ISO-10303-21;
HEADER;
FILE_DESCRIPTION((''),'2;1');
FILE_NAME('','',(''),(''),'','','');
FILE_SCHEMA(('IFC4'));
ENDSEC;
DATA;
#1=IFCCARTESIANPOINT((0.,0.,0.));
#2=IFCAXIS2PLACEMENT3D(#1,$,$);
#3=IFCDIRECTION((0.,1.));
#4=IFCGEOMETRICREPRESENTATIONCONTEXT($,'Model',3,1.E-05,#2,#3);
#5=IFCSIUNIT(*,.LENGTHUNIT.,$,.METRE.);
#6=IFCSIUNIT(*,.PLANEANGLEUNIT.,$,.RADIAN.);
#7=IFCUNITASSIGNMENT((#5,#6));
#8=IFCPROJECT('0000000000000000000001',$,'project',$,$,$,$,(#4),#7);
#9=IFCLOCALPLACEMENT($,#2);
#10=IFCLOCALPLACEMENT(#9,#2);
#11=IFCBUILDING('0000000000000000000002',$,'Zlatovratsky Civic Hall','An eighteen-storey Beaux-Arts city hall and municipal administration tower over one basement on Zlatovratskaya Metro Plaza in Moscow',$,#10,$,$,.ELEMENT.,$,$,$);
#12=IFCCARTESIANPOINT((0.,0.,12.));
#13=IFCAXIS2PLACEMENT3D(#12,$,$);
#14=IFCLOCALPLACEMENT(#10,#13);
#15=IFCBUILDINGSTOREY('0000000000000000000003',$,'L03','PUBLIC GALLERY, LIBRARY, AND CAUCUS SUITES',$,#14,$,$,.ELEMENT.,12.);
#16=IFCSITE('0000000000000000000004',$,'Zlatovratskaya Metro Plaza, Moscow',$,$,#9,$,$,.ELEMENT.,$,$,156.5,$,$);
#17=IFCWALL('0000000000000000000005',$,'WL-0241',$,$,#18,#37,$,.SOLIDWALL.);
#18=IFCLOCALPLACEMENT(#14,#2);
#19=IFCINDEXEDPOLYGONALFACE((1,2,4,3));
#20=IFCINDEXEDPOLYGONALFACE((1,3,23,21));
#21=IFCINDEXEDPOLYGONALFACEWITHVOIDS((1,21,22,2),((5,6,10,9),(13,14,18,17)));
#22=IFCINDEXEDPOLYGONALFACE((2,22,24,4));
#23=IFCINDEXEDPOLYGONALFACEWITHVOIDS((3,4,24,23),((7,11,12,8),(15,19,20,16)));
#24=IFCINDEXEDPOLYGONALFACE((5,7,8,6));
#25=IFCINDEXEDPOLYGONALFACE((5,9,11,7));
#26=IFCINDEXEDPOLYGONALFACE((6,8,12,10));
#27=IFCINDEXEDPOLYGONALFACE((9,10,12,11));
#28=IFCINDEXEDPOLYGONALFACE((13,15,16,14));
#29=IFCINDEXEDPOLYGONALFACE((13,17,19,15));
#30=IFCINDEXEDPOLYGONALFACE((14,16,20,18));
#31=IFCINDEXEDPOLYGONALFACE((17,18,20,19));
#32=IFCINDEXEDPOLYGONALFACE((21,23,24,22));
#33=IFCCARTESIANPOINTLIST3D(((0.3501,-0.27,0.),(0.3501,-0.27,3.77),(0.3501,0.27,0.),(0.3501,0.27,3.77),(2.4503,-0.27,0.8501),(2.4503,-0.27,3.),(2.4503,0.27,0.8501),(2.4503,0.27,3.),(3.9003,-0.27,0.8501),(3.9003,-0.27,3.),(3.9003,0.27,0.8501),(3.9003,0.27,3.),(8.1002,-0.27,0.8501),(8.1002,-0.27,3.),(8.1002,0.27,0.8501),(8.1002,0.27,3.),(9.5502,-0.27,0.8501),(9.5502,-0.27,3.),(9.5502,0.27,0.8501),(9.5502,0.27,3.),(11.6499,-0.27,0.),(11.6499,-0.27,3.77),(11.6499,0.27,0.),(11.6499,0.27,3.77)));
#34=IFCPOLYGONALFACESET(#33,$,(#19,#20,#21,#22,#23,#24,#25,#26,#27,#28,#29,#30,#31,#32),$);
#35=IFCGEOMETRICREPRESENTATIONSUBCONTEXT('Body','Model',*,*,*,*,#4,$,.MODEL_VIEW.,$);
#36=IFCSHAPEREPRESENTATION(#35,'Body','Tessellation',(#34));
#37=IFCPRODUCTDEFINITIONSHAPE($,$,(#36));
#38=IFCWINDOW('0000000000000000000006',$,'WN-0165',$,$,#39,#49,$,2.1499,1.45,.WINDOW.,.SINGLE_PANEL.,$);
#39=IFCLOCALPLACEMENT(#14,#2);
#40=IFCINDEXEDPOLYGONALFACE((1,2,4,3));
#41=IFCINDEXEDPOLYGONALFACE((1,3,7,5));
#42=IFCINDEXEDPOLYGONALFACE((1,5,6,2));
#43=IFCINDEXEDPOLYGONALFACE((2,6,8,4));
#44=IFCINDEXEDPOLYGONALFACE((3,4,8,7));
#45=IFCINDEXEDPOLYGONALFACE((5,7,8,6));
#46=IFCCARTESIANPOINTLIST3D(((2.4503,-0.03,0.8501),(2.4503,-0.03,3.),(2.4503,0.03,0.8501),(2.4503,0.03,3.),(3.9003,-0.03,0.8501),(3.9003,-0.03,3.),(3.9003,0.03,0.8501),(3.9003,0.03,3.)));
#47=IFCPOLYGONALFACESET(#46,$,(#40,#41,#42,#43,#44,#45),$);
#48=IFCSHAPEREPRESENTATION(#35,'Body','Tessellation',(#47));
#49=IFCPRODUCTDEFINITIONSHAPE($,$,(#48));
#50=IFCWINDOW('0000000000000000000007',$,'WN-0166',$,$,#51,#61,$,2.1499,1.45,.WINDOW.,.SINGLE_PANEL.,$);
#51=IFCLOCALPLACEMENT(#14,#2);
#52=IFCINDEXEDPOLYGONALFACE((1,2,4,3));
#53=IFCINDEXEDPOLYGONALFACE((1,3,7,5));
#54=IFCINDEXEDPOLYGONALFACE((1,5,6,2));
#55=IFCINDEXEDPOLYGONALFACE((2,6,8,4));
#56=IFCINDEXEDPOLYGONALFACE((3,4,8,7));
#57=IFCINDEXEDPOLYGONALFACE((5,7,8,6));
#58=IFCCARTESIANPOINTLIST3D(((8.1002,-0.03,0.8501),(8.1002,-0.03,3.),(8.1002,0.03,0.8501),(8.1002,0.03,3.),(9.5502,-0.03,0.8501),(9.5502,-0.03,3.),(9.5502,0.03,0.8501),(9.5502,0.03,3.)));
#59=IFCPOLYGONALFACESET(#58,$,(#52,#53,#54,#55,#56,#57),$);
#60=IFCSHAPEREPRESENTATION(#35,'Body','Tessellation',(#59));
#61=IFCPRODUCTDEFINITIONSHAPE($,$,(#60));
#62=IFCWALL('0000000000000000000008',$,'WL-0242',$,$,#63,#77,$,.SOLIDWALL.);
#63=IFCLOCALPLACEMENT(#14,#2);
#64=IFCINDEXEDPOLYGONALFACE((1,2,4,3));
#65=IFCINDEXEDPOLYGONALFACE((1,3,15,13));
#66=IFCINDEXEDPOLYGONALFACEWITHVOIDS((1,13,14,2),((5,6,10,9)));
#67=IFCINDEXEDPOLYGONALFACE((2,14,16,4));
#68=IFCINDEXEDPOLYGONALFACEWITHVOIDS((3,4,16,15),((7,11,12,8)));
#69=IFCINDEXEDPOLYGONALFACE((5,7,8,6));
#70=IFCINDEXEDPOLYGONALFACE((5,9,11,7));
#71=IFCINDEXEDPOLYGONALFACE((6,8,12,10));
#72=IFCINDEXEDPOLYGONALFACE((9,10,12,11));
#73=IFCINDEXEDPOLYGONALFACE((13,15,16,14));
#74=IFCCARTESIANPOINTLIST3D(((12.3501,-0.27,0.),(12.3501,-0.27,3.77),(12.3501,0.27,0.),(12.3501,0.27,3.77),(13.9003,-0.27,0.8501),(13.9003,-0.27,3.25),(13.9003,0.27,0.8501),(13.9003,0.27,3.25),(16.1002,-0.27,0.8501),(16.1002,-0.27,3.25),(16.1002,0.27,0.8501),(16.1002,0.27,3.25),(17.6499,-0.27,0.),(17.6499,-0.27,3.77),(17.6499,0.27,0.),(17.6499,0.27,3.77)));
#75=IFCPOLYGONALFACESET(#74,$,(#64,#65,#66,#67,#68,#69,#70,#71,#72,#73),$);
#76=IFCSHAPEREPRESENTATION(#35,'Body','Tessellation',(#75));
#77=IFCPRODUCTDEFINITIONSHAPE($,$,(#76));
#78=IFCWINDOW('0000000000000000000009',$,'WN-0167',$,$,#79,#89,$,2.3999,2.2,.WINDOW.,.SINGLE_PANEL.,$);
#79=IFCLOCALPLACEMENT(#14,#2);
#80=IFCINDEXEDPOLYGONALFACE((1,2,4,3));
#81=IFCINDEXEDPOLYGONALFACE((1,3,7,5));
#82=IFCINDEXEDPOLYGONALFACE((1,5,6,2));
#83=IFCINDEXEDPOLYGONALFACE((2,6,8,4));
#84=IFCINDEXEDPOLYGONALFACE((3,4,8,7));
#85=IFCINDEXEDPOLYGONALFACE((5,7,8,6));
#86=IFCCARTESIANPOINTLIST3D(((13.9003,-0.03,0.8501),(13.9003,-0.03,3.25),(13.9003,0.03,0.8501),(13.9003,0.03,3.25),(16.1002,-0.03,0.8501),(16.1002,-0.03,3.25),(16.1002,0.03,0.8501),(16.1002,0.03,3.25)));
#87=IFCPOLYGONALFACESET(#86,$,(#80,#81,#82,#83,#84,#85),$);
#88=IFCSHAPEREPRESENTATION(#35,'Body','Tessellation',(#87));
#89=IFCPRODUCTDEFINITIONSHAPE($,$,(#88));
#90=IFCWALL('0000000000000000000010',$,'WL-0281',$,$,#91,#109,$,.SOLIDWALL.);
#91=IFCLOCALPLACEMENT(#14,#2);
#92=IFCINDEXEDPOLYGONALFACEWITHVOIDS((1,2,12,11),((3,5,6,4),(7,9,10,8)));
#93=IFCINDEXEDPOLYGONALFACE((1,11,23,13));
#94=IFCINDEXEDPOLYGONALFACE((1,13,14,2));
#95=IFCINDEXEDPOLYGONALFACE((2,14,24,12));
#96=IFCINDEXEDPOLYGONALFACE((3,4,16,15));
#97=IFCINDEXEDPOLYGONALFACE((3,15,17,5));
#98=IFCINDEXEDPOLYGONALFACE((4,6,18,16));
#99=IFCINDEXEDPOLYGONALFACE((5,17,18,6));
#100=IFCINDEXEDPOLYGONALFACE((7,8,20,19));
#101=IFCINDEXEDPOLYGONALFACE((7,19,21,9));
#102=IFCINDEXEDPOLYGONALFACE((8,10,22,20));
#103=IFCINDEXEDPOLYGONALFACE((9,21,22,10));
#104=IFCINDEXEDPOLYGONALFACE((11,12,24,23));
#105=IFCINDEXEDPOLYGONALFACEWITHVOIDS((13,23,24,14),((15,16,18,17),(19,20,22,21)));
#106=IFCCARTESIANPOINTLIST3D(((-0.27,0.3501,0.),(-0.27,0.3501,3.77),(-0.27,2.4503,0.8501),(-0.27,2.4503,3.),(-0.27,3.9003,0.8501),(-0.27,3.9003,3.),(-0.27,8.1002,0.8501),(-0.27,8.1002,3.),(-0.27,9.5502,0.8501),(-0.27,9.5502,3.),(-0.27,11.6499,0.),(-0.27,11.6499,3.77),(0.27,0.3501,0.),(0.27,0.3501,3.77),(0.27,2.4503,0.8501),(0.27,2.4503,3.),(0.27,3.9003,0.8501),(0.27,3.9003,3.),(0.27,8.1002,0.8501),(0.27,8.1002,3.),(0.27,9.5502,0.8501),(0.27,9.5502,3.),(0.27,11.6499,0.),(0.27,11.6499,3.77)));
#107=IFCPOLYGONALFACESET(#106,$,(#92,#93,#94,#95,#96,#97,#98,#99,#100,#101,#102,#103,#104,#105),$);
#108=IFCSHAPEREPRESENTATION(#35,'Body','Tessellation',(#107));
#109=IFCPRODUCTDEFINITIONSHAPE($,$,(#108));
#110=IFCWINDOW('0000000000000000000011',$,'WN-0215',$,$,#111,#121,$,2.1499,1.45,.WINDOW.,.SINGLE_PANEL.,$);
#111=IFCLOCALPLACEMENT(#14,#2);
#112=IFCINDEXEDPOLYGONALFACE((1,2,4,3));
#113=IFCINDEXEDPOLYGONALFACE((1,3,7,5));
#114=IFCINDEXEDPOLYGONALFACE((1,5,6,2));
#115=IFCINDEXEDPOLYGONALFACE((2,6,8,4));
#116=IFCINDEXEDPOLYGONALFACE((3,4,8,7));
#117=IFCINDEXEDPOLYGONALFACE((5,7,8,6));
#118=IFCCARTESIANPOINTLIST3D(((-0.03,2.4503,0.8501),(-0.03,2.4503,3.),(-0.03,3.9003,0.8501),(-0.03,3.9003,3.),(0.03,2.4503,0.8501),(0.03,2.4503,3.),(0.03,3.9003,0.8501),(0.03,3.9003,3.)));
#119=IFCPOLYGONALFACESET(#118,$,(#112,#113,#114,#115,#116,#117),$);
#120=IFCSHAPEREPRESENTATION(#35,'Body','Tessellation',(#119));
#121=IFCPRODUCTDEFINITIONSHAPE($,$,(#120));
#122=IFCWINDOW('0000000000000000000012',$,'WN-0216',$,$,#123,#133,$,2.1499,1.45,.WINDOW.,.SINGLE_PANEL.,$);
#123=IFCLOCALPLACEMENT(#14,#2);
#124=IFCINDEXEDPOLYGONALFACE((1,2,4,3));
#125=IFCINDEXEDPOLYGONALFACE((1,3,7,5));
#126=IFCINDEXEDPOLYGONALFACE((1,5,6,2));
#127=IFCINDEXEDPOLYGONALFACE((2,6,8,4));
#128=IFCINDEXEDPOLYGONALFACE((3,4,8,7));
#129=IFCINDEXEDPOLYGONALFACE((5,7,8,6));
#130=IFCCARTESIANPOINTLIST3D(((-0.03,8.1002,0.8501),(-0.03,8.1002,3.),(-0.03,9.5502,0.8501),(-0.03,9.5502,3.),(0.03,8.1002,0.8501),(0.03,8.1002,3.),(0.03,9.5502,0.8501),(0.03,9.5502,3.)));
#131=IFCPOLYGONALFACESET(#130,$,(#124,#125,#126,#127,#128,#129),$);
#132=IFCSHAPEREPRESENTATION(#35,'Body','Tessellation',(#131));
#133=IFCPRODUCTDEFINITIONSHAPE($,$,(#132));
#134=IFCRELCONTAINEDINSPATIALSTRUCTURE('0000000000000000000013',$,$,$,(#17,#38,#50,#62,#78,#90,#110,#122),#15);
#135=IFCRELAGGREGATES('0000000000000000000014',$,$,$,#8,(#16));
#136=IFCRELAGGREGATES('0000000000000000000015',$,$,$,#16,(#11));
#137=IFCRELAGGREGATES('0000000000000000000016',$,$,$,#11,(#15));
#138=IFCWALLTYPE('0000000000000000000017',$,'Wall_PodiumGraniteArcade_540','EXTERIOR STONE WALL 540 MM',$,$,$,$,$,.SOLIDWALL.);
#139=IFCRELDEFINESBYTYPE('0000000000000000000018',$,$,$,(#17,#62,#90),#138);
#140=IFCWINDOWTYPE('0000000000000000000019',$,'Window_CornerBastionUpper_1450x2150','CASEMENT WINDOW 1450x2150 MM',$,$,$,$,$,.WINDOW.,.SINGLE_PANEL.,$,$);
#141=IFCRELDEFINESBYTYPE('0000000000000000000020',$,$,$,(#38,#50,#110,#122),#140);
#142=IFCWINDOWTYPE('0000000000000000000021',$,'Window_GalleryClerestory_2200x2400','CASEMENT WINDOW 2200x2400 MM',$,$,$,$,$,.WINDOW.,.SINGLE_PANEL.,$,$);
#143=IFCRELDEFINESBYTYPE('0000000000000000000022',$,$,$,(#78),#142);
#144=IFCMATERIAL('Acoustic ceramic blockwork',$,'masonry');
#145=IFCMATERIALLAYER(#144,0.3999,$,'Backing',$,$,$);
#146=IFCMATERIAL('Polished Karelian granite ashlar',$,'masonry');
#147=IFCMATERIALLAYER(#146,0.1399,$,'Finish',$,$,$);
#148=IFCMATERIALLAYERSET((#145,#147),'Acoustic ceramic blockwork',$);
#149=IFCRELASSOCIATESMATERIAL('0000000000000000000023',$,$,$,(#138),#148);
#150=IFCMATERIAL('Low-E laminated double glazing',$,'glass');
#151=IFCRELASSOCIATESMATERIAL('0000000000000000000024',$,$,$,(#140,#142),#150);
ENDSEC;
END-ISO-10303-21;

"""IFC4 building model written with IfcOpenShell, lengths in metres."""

from ifc_helpers import new_model, si_unit, direction, frame, frame_2d, origin, place, context, subcontext, project, spatial, rectangle, extrude, material, layer, layer_set, type_object, element, fill, save


model = new_model("IFC4")

# Units and contexts
model_context = context("Model", 3, precision=1e-05, world=origin(), true_north=direction((0.0, 1.0)))
body_context = subcontext(model_context, "Body", "Model", "MODEL_VIEW")
ifc_project = project(units=[si_unit("LENGTHUNIT", "METRE"), si_unit("PLANEANGLEUNIT", "RADIAN")], contexts=[model_context])

# Site, building, storey
site_placement = place(None, origin())
site = spatial("IfcSite", under=ifc_project, at=site_placement, Name="Zlatovratskaya Metro Plaza, Moscow", CompositionType="ELEMENT", RefElevation=156.5)
building_placement = place(site_placement, origin())
building = spatial("IfcBuilding", under=site, at=building_placement, Name="Zlatovratsky Civic Hall", Description="An eighteen-storey Beaux-Arts city hall and municipal administration tower over one basement on Zlatovratskaya Metro Plaza in Moscow", CompositionType="ELEMENT")
storey_placement = place(building_placement, frame((0.0, 0.0, 12.0)))
storey = spatial("IfcBuildingStorey", under=building, at=storey_placement, Name="L03", Description="PUBLIC GALLERY, LIBRARY, AND CAUCUS SUITES", CompositionType="ELEMENT", Elevation=12.0)

# Wall, openings, windows
ifc_material_1 = material(Name="Acoustic ceramic blockwork", Category="masonry")
ifc_layer_1 = layer(ifc_material_1, 0.3999, Name="Backing")
ifc_material_2 = material(Name="Polished Karelian granite ashlar", Category="masonry")
ifc_layer_2 = layer(ifc_material_2, 0.1399, Name="Finish")
ifc_layer_set_1 = layer_set([ifc_layer_1, ifc_layer_2], Name="Acoustic ceramic blockwork")
wall_type = type_object("IfcWallType", Name="Wall_PodiumGraniteArcade_540", Description="EXTERIOR STONE WALL 540 MM", PredefinedType="SOLIDWALL", material=ifc_layer_set_1)
wall_1_placement = place(storey_placement, frame((0.3501, 0.0, 0.0), z_axis=(0.0, 0.0, 1.0), x_axis=(1.0, 0.0, 0.0)))
wall_1 = element("IfcWall", 1, at=wall_1_placement, inside=storey, type_object=wall_type, Name="WL-0241", PredefinedType="SOLIDWALL", context=body_context, shape_type="SweptSolid", body=[
    extrude(rectangle(XDim=11.2998, YDim=0.54, at=frame_2d((5.6499, 0.0))), origin(), (0.0, 0.0, 1.0), 3.77),
])
opening_1_placement = place(wall_1_placement, frame((2.1001, 0.0, 0.8501)))
opening_1 = element("IfcOpeningElement", 2, at=opening_1_placement, cuts=wall_1, PredefinedType="OPENING", context=body_context, shape_type="SweptSolid", body=[
    extrude(rectangle(XDim=1.45, YDim=2.1499, at=frame_2d((0.7251, 1.075))), frame((0.0, 0.2849, 0.0), z_axis=(0.0, -1.0, 0.0), x_axis=(1.0, 0.0, 0.0)), (0.0, 0.0, 1.0), 0.5698),
])
opening_2_placement = place(wall_1_placement, frame((7.75, 0.0, 0.8501)))
opening_2 = element("IfcOpeningElement", 3, at=opening_2_placement, cuts=wall_1, PredefinedType="OPENING", context=body_context, shape_type="SweptSolid", body=[
    extrude(rectangle(XDim=1.45, YDim=2.1499, at=frame_2d((0.7251, 1.075))), frame((0.0, 0.2849, 0.0), z_axis=(0.0, -1.0, 0.0), x_axis=(1.0, 0.0, 0.0)), (0.0, 0.0, 1.0), 0.5698),
])
ifc_material_3 = material(Name="Low-E laminated double glazing", Category="glass")
window_type_1 = type_object("IfcWindowType", Name="Window_CornerBastionUpper_1450x2150", Description="CASEMENT WINDOW 1450x2150 MM", PartitioningType="SINGLE_PANEL", PredefinedType="WINDOW", material=ifc_material_3)
window_1_placement = place(opening_1_placement, origin())
window_1 = element("IfcWindow", 4, at=window_1_placement, inside=storey, type_object=window_type_1, Name="WN-0165", OverallHeight=2.1499, OverallWidth=1.45, PartitioningType="SINGLE_PANEL", PredefinedType="WINDOW", context=body_context, shape_type="SweptSolid", body=[
    extrude(rectangle(XDim=1.45, YDim=2.1499, at=frame_2d((0.7251, 1.075))), frame((0.0, 0.03, 0.0), z_axis=(0.0, -1.0, 0.0), x_axis=(1.0, 0.0, 0.0)), (0.0, 0.0, 1.0), 0.0601),
])
fill(opening_1, window_1)
window_2_placement = place(opening_2_placement, origin())
window_2 = element("IfcWindow", 5, at=window_2_placement, inside=storey, type_object=window_type_1, Name="WN-0166", OverallHeight=2.1499, OverallWidth=1.45, PartitioningType="SINGLE_PANEL", PredefinedType="WINDOW", context=body_context, shape_type="SweptSolid", body=[
    extrude(rectangle(XDim=1.45, YDim=2.1499, at=frame_2d((0.7251, 1.075))), frame((0.0, 0.03, 0.0), z_axis=(0.0, -1.0, 0.0), x_axis=(1.0, 0.0, 0.0)), (0.0, 0.0, 1.0), 0.0601),
])
fill(opening_2, window_2)

# Wall, opening, window
wall_2_placement = place(storey_placement, frame((12.3501, 0.0, 0.0), z_axis=(0.0, 0.0, 1.0), x_axis=(1.0, 0.0, 0.0)))
wall_2 = element("IfcWall", 6, at=wall_2_placement, inside=storey, type_object=wall_type, Name="WL-0242", PredefinedType="SOLIDWALL", context=body_context, shape_type="SweptSolid", body=[
    extrude(rectangle(XDim=5.2998, YDim=0.54, at=frame_2d((2.6499, 0.0))), origin(), (0.0, 0.0, 1.0), 3.77),
])
opening_3_placement = place(wall_2_placement, frame((1.55, 0.0, 0.8501)))
opening_3 = element("IfcOpeningElement", 7, at=opening_3_placement, cuts=wall_2, PredefinedType="OPENING", context=body_context, shape_type="SweptSolid", body=[
    extrude(rectangle(XDim=2.2, YDim=2.3999, at=frame_2d((1.1001, 1.2))), frame((0.0, 0.2849, 0.0), z_axis=(0.0, -1.0, 0.0), x_axis=(1.0, 0.0, 0.0)), (0.0, 0.0, 1.0), 0.5698),
])
window_type_2 = type_object("IfcWindowType", Name="Window_GalleryClerestory_2200x2400", Description="CASEMENT WINDOW 2200x2400 MM", PartitioningType="SINGLE_PANEL", PredefinedType="WINDOW", material=ifc_material_3)
window_3_placement = place(opening_3_placement, origin())
window_3 = element("IfcWindow", 8, at=window_3_placement, inside=storey, type_object=window_type_2, Name="WN-0167", OverallHeight=2.3999, OverallWidth=2.2, PartitioningType="SINGLE_PANEL", PredefinedType="WINDOW", context=body_context, shape_type="SweptSolid", body=[
    extrude(rectangle(XDim=2.2, YDim=2.3999, at=frame_2d((1.1001, 1.2))), frame((0.0, 0.03, 0.0), z_axis=(0.0, -1.0, 0.0), x_axis=(1.0, 0.0, 0.0)), (0.0, 0.0, 1.0), 0.0601),
])
fill(opening_3, window_3)

# Wall, openings, windows
wall_3_placement = place(storey_placement, frame((0.0, 0.3501, 0.0), z_axis=(0.0, 0.0, 1.0), x_axis=(0.0, 1.0, 0.0)))
wall_3 = element("IfcWall", 9, at=wall_3_placement, inside=storey, type_object=wall_type, Name="WL-0281", PredefinedType="SOLIDWALL", context=body_context, shape_type="SweptSolid", body=[
    extrude(rectangle(XDim=11.2998, YDim=0.54, at=frame_2d((5.6499, 0.0))), origin(), (0.0, 0.0, 1.0), 3.77),
])
opening_4_placement = place(wall_3_placement, frame((2.1001, 0.0, 0.8501)))
opening_4 = element("IfcOpeningElement", 10, at=opening_4_placement, cuts=wall_3, PredefinedType="OPENING", context=body_context, shape_type="SweptSolid", body=[
    extrude(rectangle(XDim=1.45, YDim=2.1499, at=frame_2d((0.7251, 1.075))), frame((0.0, 0.2849, 0.0), z_axis=(0.0, -1.0, 0.0), x_axis=(1.0, 0.0, 0.0)), (0.0, 0.0, 1.0), 0.5698),
])
opening_5_placement = place(wall_3_placement, frame((7.75, 0.0, 0.8501)))
opening_5 = element("IfcOpeningElement", 11, at=opening_5_placement, cuts=wall_3, PredefinedType="OPENING", context=body_context, shape_type="SweptSolid", body=[
    extrude(rectangle(XDim=1.45, YDim=2.1499, at=frame_2d((0.7251, 1.075))), frame((0.0, 0.2849, 0.0), z_axis=(0.0, -1.0, 0.0), x_axis=(1.0, 0.0, 0.0)), (0.0, 0.0, 1.0), 0.5698),
])
window_4_placement = place(opening_4_placement, origin())
window_4 = element("IfcWindow", 12, at=window_4_placement, inside=storey, type_object=window_type_1, Name="WN-0215", OverallHeight=2.1499, OverallWidth=1.45, PartitioningType="SINGLE_PANEL", PredefinedType="WINDOW", context=body_context, shape_type="SweptSolid", body=[
    extrude(rectangle(XDim=1.45, YDim=2.1499, at=frame_2d((0.7251, 1.075))), frame((0.0, 0.03, 0.0), z_axis=(0.0, -1.0, 0.0), x_axis=(1.0, 0.0, 0.0)), (0.0, 0.0, 1.0), 0.0601),
])
fill(opening_4, window_4)
window_5_placement = place(opening_5_placement, origin())
window_5 = element("IfcWindow", 13, at=window_5_placement, inside=storey, type_object=window_type_1, Name="WN-0216", OverallHeight=2.1499, OverallWidth=1.45, PartitioningType="SINGLE_PANEL", PredefinedType="WINDOW", context=body_context, shape_type="SweptSolid", body=[
    extrude(rectangle(XDim=1.45, YDim=2.1499, at=frame_2d((0.7251, 1.075))), frame((0.0, 0.03, 0.0), z_axis=(0.0, -1.0, 0.0), x_axis=(1.0, 0.0, 0.0)), (0.0, 0.0, 1.0), 0.0601),
])
fill(opening_5, window_5)

save(model, "model.ifc")
